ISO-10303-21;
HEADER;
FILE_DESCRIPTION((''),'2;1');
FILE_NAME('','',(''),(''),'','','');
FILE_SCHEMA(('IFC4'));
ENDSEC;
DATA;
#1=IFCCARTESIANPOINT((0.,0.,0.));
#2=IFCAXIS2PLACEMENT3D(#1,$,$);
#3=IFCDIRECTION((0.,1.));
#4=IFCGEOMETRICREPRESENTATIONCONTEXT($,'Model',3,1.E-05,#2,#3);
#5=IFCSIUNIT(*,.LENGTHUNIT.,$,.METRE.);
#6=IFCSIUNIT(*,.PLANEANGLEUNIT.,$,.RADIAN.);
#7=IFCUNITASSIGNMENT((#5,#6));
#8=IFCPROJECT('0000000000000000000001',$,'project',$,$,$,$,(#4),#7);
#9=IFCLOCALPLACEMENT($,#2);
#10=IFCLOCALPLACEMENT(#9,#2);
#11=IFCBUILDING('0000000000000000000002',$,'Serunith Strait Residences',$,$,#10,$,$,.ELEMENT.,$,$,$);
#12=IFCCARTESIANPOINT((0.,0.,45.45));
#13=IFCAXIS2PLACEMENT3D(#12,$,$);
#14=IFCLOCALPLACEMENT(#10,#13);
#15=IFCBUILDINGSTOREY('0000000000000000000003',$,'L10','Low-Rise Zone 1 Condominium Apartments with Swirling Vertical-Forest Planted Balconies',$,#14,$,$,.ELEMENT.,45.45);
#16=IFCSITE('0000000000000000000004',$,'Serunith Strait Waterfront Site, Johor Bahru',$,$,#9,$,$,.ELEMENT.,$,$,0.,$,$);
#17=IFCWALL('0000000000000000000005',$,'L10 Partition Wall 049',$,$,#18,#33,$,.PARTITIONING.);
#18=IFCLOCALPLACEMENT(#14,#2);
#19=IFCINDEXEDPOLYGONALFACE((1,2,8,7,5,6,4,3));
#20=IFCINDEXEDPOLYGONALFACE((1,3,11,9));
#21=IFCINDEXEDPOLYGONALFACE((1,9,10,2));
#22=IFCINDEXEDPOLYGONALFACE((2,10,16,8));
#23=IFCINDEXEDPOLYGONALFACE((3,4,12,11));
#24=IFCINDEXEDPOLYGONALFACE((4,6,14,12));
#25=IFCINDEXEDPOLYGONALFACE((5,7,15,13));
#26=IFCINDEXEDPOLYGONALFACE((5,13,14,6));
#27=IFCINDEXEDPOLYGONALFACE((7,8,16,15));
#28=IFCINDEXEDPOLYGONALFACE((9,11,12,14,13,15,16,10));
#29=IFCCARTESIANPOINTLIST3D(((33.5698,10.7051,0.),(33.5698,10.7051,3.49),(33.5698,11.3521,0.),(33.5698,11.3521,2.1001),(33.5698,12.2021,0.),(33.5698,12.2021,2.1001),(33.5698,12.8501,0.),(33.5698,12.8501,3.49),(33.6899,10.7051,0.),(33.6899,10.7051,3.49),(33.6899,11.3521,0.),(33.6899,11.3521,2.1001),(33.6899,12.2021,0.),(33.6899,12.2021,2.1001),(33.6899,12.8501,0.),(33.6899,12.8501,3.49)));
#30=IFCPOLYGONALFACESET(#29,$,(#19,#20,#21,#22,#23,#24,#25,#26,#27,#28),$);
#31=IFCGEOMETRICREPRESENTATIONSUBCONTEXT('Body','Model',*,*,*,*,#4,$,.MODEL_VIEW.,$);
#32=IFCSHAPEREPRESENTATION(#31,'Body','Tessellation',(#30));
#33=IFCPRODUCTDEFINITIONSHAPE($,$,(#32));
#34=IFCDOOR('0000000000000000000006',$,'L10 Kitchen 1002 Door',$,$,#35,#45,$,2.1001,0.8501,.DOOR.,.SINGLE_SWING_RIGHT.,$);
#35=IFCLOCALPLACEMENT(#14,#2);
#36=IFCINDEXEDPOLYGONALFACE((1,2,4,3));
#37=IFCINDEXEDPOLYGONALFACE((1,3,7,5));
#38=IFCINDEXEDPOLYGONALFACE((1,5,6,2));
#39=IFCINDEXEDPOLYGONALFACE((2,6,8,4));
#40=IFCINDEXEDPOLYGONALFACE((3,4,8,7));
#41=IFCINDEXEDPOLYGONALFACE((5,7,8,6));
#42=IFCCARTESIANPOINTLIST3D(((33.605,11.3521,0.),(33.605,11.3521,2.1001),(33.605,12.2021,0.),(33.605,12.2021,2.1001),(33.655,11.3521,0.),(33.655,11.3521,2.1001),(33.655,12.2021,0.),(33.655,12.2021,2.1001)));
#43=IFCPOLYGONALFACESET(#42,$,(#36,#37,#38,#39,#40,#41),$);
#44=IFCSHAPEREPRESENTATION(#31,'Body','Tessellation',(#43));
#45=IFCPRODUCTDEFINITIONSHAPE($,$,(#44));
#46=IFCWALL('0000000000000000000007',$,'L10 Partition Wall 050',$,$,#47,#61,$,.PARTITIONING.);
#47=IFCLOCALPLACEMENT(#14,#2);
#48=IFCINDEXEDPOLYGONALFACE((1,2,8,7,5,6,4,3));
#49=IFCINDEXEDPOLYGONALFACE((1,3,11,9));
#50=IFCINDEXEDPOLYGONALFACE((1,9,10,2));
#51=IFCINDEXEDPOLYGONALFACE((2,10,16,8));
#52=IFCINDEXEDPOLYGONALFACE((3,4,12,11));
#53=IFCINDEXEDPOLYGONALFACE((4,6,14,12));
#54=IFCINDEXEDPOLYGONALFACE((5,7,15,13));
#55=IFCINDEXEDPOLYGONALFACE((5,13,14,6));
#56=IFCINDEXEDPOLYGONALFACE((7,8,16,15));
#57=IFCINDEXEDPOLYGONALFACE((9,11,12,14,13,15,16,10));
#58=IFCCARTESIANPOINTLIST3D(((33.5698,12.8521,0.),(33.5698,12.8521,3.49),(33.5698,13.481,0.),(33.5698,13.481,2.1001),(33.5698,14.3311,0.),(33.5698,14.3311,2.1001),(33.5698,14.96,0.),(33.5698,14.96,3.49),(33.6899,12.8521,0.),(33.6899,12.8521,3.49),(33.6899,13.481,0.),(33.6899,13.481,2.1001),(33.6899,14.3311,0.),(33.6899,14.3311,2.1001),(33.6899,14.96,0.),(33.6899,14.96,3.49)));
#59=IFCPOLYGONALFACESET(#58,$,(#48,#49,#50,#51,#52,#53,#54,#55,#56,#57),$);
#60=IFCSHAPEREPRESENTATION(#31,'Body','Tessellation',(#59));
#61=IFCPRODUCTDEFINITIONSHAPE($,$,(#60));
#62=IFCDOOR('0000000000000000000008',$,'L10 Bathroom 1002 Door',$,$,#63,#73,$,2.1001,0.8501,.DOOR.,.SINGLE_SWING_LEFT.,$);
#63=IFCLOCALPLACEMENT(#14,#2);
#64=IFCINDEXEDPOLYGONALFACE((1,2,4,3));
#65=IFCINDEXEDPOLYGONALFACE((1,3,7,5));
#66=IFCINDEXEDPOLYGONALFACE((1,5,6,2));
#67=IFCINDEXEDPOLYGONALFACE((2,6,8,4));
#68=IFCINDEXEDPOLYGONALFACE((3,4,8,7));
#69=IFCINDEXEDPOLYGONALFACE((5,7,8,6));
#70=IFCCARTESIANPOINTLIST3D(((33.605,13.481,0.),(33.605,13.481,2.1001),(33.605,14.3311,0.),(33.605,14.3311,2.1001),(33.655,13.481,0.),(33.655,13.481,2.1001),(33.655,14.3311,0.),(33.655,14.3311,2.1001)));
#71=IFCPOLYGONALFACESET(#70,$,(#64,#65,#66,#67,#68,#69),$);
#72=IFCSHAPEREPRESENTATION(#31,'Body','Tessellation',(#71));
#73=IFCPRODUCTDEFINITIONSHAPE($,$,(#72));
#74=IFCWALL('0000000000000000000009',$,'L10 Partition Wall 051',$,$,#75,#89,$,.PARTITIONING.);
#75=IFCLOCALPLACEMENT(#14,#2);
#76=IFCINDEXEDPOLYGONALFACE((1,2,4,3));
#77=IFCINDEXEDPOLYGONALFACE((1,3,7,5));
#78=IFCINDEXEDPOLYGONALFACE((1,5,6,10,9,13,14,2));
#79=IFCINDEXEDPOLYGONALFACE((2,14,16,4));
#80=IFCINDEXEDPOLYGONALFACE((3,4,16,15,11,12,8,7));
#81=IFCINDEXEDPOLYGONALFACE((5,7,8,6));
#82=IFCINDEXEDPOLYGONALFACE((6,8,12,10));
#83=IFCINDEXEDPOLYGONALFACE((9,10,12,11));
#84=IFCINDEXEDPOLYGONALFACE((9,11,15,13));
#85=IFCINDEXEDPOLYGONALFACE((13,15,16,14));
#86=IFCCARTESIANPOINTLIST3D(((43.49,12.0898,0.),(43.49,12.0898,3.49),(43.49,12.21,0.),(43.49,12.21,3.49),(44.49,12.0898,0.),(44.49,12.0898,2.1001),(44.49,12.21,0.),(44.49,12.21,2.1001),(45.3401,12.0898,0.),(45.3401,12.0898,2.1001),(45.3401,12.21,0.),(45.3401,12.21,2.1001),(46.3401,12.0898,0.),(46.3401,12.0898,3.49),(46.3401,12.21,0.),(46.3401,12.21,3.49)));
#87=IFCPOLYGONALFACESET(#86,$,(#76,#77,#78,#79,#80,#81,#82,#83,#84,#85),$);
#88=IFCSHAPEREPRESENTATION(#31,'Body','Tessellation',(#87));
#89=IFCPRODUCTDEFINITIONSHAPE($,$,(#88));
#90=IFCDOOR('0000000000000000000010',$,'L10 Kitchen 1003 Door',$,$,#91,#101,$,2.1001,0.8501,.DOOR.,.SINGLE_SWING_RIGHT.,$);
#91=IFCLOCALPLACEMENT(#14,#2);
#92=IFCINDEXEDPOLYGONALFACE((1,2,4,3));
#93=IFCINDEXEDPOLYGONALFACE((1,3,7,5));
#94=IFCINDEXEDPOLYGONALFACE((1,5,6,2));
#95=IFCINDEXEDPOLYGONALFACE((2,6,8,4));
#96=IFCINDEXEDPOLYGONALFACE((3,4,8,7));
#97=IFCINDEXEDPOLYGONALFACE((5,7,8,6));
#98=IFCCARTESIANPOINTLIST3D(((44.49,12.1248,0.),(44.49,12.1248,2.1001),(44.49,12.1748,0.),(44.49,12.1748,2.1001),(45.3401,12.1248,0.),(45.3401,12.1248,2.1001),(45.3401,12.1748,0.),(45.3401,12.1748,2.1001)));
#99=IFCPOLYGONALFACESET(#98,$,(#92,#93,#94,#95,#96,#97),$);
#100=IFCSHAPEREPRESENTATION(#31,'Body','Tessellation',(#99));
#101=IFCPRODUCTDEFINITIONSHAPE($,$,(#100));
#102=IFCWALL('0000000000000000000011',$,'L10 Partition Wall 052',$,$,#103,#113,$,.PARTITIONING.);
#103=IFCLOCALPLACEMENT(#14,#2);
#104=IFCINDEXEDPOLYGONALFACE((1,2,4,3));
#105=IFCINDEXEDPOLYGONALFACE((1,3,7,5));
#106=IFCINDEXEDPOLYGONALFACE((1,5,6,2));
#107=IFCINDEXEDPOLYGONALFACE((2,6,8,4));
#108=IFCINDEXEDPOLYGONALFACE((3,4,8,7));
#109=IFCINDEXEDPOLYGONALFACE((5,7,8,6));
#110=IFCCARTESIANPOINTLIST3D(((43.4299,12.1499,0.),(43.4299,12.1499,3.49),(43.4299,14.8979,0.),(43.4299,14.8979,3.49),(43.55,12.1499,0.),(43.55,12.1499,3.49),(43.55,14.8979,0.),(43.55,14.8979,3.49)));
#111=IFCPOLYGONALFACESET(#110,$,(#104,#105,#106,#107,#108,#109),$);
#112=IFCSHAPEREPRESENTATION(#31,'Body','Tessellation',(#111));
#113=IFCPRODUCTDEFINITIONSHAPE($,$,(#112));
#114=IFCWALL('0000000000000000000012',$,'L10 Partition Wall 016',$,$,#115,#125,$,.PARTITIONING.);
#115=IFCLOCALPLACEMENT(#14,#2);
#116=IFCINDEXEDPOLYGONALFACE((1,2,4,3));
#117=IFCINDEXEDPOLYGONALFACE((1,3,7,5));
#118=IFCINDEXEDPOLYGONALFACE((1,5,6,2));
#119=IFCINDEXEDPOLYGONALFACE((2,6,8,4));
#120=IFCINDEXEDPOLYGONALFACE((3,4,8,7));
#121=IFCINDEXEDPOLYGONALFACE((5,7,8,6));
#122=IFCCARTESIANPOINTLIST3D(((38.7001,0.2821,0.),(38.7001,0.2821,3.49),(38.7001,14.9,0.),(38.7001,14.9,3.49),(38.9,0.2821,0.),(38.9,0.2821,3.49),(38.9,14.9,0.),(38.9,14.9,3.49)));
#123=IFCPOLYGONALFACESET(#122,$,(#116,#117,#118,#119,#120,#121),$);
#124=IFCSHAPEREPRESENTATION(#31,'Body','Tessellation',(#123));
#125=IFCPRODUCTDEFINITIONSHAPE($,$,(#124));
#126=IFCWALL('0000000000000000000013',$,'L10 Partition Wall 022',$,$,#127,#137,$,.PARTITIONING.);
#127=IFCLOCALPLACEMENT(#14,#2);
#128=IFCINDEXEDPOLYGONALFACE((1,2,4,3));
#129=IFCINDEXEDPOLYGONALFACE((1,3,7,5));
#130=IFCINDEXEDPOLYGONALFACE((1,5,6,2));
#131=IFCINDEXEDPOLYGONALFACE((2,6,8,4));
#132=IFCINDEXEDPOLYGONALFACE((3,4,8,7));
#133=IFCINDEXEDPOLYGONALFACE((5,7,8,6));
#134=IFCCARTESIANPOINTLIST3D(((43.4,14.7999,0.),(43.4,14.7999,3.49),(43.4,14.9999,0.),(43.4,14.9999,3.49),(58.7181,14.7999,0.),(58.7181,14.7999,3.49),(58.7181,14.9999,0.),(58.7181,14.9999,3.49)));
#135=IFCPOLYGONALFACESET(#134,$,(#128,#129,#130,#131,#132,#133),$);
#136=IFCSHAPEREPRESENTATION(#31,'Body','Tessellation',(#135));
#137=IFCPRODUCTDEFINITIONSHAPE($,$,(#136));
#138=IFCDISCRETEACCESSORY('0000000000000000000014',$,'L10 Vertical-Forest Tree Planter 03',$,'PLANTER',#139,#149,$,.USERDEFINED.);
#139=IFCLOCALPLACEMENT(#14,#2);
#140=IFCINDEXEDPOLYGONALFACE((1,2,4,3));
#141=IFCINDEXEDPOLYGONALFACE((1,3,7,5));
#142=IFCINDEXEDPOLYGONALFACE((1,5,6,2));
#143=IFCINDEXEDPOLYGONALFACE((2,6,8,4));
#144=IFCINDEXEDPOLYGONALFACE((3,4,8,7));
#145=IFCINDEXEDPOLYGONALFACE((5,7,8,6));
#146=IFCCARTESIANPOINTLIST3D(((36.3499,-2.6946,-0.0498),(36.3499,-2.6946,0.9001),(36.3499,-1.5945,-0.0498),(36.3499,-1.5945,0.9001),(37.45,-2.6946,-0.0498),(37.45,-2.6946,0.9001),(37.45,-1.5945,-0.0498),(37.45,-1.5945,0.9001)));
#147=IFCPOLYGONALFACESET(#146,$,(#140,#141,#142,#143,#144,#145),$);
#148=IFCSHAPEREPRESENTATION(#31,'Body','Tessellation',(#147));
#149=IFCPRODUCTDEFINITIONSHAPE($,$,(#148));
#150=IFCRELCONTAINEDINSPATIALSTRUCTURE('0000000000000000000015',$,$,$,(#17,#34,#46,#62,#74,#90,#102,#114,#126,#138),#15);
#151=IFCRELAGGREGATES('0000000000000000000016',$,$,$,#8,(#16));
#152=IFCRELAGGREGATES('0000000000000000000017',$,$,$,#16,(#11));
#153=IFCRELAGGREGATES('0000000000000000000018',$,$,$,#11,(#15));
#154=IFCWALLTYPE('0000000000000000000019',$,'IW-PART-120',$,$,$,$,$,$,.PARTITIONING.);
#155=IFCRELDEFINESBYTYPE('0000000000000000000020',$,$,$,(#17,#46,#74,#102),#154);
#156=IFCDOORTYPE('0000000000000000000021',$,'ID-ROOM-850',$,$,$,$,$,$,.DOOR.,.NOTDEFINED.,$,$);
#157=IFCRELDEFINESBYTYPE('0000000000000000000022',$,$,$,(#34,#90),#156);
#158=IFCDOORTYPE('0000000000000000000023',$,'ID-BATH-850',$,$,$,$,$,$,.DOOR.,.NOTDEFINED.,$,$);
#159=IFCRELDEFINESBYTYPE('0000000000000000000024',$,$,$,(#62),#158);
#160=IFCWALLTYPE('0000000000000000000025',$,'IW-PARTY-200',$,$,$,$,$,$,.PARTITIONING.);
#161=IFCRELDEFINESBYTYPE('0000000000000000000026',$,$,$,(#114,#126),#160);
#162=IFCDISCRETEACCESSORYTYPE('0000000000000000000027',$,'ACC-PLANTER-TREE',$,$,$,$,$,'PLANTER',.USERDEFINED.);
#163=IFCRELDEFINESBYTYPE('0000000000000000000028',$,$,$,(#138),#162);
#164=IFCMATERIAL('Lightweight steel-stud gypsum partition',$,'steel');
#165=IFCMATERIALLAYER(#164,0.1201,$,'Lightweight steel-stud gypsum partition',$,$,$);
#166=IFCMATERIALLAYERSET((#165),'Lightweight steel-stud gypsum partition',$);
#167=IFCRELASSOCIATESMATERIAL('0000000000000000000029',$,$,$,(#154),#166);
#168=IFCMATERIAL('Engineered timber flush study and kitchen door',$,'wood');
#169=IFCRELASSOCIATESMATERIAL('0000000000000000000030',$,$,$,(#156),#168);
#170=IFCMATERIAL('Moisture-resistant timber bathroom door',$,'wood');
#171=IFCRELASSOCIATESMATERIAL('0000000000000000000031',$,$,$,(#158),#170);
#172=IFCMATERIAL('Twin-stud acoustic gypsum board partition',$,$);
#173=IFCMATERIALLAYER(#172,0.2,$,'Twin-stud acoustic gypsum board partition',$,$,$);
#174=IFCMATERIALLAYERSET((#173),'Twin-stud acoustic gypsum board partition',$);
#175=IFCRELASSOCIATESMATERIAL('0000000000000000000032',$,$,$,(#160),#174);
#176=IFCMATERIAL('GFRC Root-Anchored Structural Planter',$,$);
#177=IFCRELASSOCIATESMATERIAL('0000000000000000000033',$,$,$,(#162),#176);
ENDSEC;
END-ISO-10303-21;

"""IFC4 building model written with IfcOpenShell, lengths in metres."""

from ifc_helpers import new_model, si_unit, direction, frame, frame_2d, origin, origin_2d, place, context, subcontext, project, spatial, rectangle, extrude, source, transform, mapped, material, layer, layer_set, type_object, element, fill, save


model = new_model("IFC4")

# Units and contexts
model_context = context("Model", 3, precision=1e-05, world=origin(), true_north=direction((0.0, 1.0)))
body_context = subcontext(model_context, "Body", "Model", "MODEL_VIEW")
ifc_project = project(units=[si_unit("LENGTHUNIT", "METRE"), si_unit("PLANEANGLEUNIT", "RADIAN")], contexts=[model_context])

# Site, building, storey
site_placement = place(None, origin())
site = spatial("IfcSite", under=ifc_project, at=site_placement, Name="Serunith Strait Waterfront Site, Johor Bahru", CompositionType="ELEMENT", RefElevation=0.0)
building_placement = place(site_placement, origin())
building = spatial("IfcBuilding", under=site, at=building_placement, Name="Serunith Strait Residences", CompositionType="ELEMENT")
storey_placement = place(building_placement, frame((0.0, 0.0, 45.45)))
storey = spatial("IfcBuildingStorey", under=building, at=storey_placement, Name="L10", Description="Low-Rise Zone 1 Condominium Apartments with Swirling Vertical-Forest Planted Balconies", CompositionType="ELEMENT", Elevation=45.45)

# Walls, openings, doors
ifc_material_1 = material(Name="Lightweight steel-stud gypsum partition", Category="steel")
ifc_layer_1 = layer(ifc_material_1, 0.1201, Name="Lightweight steel-stud gypsum partition")
ifc_layer_set_1 = layer_set([ifc_layer_1], Name="Lightweight steel-stud gypsum partition")
wall_type_1 = type_object("IfcWallType", Name="IW-PART-120", PredefinedType="PARTITIONING", material=ifc_layer_set_1)
ifc_material_2 = material(Name="Engineered timber flush study and kitchen door", Category="wood")
door_type_1 = type_object("IfcDoorType", Name="ID-ROOM-850", OperationType="NOTDEFINED", PredefinedType="DOOR", material=ifc_material_2)
shared_shape_1 = source(origin(), body_context, "Body", "SweptSolid", [
    extrude(rectangle(XDim=0.8501, YDim=2.1001, at=frame_2d((0.425, 1.05))), frame((0.0, 0.0249, 0.0), z_axis=(0.0, -1.0, 0.0), x_axis=(1.0, 0.0, 0.0)), (0.0, 0.0, 1.0), 0.05),
])
wall_1_placement = place(storey_placement, frame((33.6299, 10.7051, 0.0), z_axis=(0.0, 0.0, 1.0), x_axis=(0.0, 1.0, 0.0)))
wall_1 = element("IfcWall", 1, at=wall_1_placement, inside=storey, type_object=wall_type_1, Name="L10 Partition Wall 049", PredefinedType="PARTITIONING", context=body_context, shape_type="SweptSolid", body=[
    extrude(rectangle(XDim=2.145, YDim=0.1201, at=frame_2d((1.0725, 0.0))), origin(), (0.0, 0.0, 1.0), 3.49),
])
opening_1_placement = place(wall_1_placement, frame((0.647, 0.0, 0.0)))
opening_1 = element("IfcOpeningElement", 2, at=opening_1_placement, cuts=wall_1, PredefinedType="OPENING", context=body_context, shape_type="SweptSolid", body=[
    extrude(rectangle(XDim=0.8501, YDim=2.1001, at=frame_2d((0.425, 1.05))), frame((0.0, 0.0701, 0.0), z_axis=(0.0, -1.0, 0.0), x_axis=(1.0, 0.0, 0.0)), (0.0, 0.0, 1.0), 0.1401),
])
door_1_placement = place(opening_1_placement, origin())
door_1 = element("IfcDoor", 3, at=door_1_placement, inside=storey, type_object=door_type_1, Name="L10 Kitchen 1002 Door", OperationType="SINGLE_SWING_RIGHT", OverallHeight=2.1001, OverallWidth=0.8501, PredefinedType="DOOR", context=body_context, shape_type="MappedRepresentation", body=[
    mapped(shared_shape_1, transform((0.0, 0.0, 0.0), scale=1.0)),
])
fill(opening_1, door_1)
wall_2_placement = place(storey_placement, frame((33.6299, 12.8521, 0.0), z_axis=(0.0, 0.0, 1.0), x_axis=(0.0, 1.0, 0.0)))
wall_2 = element("IfcWall", 4, at=wall_2_placement, inside=storey, type_object=wall_type_1, Name="L10 Partition Wall 050", PredefinedType="PARTITIONING", context=body_context, shape_type="SweptSolid", body=[
    extrude(rectangle(XDim=2.1079, YDim=0.1201, at=frame_2d((1.054, 0.0))), origin(), (0.0, 0.0, 1.0), 3.49),
])
opening_2_placement = place(wall_2_placement, frame((0.6289, 0.0, 0.0)))
opening_2 = element("IfcOpeningElement", 5, at=opening_2_placement, cuts=wall_2, PredefinedType="OPENING", context=body_context, shape_type="SweptSolid", body=[
    extrude(rectangle(XDim=0.8501, YDim=2.1001, at=frame_2d((0.425, 1.05))), frame((0.0, 0.0701, 0.0), z_axis=(0.0, -1.0, 0.0), x_axis=(1.0, 0.0, 0.0)), (0.0, 0.0, 1.0), 0.1401),
])
ifc_material_3 = material(Name="Moisture-resistant timber bathroom door", Category="wood")
door_type_2 = type_object("IfcDoorType", Name="ID-BATH-850", OperationType="NOTDEFINED", PredefinedType="DOOR", material=ifc_material_3)
door_2_placement = place(opening_2_placement, origin())
door_2 = element("IfcDoor", 6, at=door_2_placement, inside=storey, type_object=door_type_2, Name="L10 Bathroom 1002 Door", OperationType="SINGLE_SWING_LEFT", OverallHeight=2.1001, OverallWidth=0.8501, PredefinedType="DOOR", context=body_context, shape_type="MappedRepresentation", body=[
    mapped(shared_shape_1, transform((0.0, 0.0, 0.0), scale=1.0)),
])
fill(opening_2, door_2)
wall_3_placement = place(storey_placement, frame((43.49, 12.1499, 0.0), z_axis=(0.0, 0.0, 1.0), x_axis=(1.0, 0.0, 0.0)))
wall_3 = element("IfcWall", 7, at=wall_3_placement, inside=storey, type_object=wall_type_1, Name="L10 Partition Wall 051", PredefinedType="PARTITIONING", context=body_context, shape_type="SweptSolid", body=[
    extrude(rectangle(XDim=2.8501, YDim=0.1201, at=frame_2d((1.425, 0.0))), origin(), (0.0, 0.0, 1.0), 3.49),
])
opening_3_placement = place(wall_3_placement, frame((1.0, 0.0, 0.0)))
opening_3 = element("IfcOpeningElement", 8, at=opening_3_placement, cuts=wall_3, PredefinedType="OPENING", context=body_context, shape_type="SweptSolid", body=[
    extrude(rectangle(XDim=0.8501, YDim=2.1001, at=frame_2d((0.425, 1.05))), frame((0.0, 0.0701, 0.0), z_axis=(0.0, -1.0, 0.0), x_axis=(1.0, 0.0, 0.0)), (0.0, 0.0, 1.0), 0.1401),
])
door_3_placement = place(opening_3_placement, origin())
door_3 = element("IfcDoor", 9, at=door_3_placement, inside=storey, type_object=door_type_1, Name="L10 Kitchen 1003 Door", OperationType="SINGLE_SWING_RIGHT", OverallHeight=2.1001, OverallWidth=0.8501, PredefinedType="DOOR", context=body_context, shape_type="MappedRepresentation", body=[
    mapped(shared_shape_1, transform((0.0, 0.0, 0.0), scale=1.0)),
])
fill(opening_3, door_3)

# Walls
wall_4_placement = place(storey_placement, frame((43.49, 12.1499, 0.0), z_axis=(0.0, 0.0, 1.0), x_axis=(0.0, 1.0, 0.0)))
element("IfcWall", 10, at=wall_4_placement, inside=storey, type_object=wall_type_1, Name="L10 Partition Wall 052", PredefinedType="PARTITIONING", context=body_context, shape_type="SweptSolid", body=[
    extrude(rectangle(XDim=2.748, YDim=0.1201, at=frame_2d((1.374, 0.0))), origin(), (0.0, 0.0, 1.0), 3.49),
])
ifc_material_4 = material(Name="Twin-stud acoustic gypsum board partition")
ifc_layer_2 = layer(ifc_material_4, 0.2, Name="Twin-stud acoustic gypsum board partition")
ifc_layer_set_2 = layer_set([ifc_layer_2], Name="Twin-stud acoustic gypsum board partition")
wall_type_2 = type_object("IfcWallType", Name="IW-PARTY-200", PredefinedType="PARTITIONING", material=ifc_layer_set_2)
wall_5_placement = place(storey_placement, frame((38.8, 0.282, 0.0), z_axis=(0.0, 0.0, 1.0), x_axis=(0.0, 1.0, 0.0)))
element("IfcWall", 11, at=wall_5_placement, inside=storey, type_object=wall_type_2, Name="L10 Partition Wall 016", PredefinedType="PARTITIONING", context=body_context, shape_type="SweptSolid", body=[
    extrude(rectangle(XDim=14.6179, YDim=0.2, at=frame_2d((7.3091, 0.0))), origin(), (0.0, 0.0, 1.0), 3.49),
])
wall_6_placement = place(storey_placement, frame((43.3999, 14.8999, 0.0), z_axis=(0.0, 0.0, 1.0), x_axis=(1.0, 0.0, 0.0)))
element("IfcWall", 12, at=wall_6_placement, inside=storey, type_object=wall_type_2, Name="L10 Partition Wall 022", PredefinedType="PARTITIONING", context=body_context, shape_type="SweptSolid", body=[
    extrude(rectangle(XDim=15.3181, YDim=0.2, at=frame_2d((7.6592, 0.0))), origin(), (0.0, 0.0, 1.0), 3.49),
])

# Discrete accessory
ifc_material_5 = material(Name="GFRC Root-Anchored Structural Planter")
discrete_accessory_type = type_object("IfcDiscreteAccessoryType", Name="ACC-PLANTER-TREE", ElementType="PLANTER", PredefinedType="USERDEFINED", material=ifc_material_5)
shared_shape_2 = source(origin(), body_context, "Body", "SweptSolid", [
    extrude(rectangle(XDim=1.1001, YDim=1.1001, at=origin_2d()), origin(), (0.0, 0.0, 1.0), 0.95),
])
discrete_accessory_placement = place(storey_placement, frame((36.8999, -2.1445, -0.0498), z_axis=(0.0, 0.0, 1.0), x_axis=(1.0, 0.0, 0.0)))
element("IfcDiscreteAccessory", 13, at=discrete_accessory_placement, inside=storey, type_object=discrete_accessory_type, Name="L10 Vertical-Forest Tree Planter 03", ObjectType="PLANTER", PredefinedType="USERDEFINED", context=body_context, shape_type="MappedRepresentation", body=[
    mapped(shared_shape_2, transform((0.0, 0.0, 0.0), scale=1.0)),
])

save(model, "model.ifc")
